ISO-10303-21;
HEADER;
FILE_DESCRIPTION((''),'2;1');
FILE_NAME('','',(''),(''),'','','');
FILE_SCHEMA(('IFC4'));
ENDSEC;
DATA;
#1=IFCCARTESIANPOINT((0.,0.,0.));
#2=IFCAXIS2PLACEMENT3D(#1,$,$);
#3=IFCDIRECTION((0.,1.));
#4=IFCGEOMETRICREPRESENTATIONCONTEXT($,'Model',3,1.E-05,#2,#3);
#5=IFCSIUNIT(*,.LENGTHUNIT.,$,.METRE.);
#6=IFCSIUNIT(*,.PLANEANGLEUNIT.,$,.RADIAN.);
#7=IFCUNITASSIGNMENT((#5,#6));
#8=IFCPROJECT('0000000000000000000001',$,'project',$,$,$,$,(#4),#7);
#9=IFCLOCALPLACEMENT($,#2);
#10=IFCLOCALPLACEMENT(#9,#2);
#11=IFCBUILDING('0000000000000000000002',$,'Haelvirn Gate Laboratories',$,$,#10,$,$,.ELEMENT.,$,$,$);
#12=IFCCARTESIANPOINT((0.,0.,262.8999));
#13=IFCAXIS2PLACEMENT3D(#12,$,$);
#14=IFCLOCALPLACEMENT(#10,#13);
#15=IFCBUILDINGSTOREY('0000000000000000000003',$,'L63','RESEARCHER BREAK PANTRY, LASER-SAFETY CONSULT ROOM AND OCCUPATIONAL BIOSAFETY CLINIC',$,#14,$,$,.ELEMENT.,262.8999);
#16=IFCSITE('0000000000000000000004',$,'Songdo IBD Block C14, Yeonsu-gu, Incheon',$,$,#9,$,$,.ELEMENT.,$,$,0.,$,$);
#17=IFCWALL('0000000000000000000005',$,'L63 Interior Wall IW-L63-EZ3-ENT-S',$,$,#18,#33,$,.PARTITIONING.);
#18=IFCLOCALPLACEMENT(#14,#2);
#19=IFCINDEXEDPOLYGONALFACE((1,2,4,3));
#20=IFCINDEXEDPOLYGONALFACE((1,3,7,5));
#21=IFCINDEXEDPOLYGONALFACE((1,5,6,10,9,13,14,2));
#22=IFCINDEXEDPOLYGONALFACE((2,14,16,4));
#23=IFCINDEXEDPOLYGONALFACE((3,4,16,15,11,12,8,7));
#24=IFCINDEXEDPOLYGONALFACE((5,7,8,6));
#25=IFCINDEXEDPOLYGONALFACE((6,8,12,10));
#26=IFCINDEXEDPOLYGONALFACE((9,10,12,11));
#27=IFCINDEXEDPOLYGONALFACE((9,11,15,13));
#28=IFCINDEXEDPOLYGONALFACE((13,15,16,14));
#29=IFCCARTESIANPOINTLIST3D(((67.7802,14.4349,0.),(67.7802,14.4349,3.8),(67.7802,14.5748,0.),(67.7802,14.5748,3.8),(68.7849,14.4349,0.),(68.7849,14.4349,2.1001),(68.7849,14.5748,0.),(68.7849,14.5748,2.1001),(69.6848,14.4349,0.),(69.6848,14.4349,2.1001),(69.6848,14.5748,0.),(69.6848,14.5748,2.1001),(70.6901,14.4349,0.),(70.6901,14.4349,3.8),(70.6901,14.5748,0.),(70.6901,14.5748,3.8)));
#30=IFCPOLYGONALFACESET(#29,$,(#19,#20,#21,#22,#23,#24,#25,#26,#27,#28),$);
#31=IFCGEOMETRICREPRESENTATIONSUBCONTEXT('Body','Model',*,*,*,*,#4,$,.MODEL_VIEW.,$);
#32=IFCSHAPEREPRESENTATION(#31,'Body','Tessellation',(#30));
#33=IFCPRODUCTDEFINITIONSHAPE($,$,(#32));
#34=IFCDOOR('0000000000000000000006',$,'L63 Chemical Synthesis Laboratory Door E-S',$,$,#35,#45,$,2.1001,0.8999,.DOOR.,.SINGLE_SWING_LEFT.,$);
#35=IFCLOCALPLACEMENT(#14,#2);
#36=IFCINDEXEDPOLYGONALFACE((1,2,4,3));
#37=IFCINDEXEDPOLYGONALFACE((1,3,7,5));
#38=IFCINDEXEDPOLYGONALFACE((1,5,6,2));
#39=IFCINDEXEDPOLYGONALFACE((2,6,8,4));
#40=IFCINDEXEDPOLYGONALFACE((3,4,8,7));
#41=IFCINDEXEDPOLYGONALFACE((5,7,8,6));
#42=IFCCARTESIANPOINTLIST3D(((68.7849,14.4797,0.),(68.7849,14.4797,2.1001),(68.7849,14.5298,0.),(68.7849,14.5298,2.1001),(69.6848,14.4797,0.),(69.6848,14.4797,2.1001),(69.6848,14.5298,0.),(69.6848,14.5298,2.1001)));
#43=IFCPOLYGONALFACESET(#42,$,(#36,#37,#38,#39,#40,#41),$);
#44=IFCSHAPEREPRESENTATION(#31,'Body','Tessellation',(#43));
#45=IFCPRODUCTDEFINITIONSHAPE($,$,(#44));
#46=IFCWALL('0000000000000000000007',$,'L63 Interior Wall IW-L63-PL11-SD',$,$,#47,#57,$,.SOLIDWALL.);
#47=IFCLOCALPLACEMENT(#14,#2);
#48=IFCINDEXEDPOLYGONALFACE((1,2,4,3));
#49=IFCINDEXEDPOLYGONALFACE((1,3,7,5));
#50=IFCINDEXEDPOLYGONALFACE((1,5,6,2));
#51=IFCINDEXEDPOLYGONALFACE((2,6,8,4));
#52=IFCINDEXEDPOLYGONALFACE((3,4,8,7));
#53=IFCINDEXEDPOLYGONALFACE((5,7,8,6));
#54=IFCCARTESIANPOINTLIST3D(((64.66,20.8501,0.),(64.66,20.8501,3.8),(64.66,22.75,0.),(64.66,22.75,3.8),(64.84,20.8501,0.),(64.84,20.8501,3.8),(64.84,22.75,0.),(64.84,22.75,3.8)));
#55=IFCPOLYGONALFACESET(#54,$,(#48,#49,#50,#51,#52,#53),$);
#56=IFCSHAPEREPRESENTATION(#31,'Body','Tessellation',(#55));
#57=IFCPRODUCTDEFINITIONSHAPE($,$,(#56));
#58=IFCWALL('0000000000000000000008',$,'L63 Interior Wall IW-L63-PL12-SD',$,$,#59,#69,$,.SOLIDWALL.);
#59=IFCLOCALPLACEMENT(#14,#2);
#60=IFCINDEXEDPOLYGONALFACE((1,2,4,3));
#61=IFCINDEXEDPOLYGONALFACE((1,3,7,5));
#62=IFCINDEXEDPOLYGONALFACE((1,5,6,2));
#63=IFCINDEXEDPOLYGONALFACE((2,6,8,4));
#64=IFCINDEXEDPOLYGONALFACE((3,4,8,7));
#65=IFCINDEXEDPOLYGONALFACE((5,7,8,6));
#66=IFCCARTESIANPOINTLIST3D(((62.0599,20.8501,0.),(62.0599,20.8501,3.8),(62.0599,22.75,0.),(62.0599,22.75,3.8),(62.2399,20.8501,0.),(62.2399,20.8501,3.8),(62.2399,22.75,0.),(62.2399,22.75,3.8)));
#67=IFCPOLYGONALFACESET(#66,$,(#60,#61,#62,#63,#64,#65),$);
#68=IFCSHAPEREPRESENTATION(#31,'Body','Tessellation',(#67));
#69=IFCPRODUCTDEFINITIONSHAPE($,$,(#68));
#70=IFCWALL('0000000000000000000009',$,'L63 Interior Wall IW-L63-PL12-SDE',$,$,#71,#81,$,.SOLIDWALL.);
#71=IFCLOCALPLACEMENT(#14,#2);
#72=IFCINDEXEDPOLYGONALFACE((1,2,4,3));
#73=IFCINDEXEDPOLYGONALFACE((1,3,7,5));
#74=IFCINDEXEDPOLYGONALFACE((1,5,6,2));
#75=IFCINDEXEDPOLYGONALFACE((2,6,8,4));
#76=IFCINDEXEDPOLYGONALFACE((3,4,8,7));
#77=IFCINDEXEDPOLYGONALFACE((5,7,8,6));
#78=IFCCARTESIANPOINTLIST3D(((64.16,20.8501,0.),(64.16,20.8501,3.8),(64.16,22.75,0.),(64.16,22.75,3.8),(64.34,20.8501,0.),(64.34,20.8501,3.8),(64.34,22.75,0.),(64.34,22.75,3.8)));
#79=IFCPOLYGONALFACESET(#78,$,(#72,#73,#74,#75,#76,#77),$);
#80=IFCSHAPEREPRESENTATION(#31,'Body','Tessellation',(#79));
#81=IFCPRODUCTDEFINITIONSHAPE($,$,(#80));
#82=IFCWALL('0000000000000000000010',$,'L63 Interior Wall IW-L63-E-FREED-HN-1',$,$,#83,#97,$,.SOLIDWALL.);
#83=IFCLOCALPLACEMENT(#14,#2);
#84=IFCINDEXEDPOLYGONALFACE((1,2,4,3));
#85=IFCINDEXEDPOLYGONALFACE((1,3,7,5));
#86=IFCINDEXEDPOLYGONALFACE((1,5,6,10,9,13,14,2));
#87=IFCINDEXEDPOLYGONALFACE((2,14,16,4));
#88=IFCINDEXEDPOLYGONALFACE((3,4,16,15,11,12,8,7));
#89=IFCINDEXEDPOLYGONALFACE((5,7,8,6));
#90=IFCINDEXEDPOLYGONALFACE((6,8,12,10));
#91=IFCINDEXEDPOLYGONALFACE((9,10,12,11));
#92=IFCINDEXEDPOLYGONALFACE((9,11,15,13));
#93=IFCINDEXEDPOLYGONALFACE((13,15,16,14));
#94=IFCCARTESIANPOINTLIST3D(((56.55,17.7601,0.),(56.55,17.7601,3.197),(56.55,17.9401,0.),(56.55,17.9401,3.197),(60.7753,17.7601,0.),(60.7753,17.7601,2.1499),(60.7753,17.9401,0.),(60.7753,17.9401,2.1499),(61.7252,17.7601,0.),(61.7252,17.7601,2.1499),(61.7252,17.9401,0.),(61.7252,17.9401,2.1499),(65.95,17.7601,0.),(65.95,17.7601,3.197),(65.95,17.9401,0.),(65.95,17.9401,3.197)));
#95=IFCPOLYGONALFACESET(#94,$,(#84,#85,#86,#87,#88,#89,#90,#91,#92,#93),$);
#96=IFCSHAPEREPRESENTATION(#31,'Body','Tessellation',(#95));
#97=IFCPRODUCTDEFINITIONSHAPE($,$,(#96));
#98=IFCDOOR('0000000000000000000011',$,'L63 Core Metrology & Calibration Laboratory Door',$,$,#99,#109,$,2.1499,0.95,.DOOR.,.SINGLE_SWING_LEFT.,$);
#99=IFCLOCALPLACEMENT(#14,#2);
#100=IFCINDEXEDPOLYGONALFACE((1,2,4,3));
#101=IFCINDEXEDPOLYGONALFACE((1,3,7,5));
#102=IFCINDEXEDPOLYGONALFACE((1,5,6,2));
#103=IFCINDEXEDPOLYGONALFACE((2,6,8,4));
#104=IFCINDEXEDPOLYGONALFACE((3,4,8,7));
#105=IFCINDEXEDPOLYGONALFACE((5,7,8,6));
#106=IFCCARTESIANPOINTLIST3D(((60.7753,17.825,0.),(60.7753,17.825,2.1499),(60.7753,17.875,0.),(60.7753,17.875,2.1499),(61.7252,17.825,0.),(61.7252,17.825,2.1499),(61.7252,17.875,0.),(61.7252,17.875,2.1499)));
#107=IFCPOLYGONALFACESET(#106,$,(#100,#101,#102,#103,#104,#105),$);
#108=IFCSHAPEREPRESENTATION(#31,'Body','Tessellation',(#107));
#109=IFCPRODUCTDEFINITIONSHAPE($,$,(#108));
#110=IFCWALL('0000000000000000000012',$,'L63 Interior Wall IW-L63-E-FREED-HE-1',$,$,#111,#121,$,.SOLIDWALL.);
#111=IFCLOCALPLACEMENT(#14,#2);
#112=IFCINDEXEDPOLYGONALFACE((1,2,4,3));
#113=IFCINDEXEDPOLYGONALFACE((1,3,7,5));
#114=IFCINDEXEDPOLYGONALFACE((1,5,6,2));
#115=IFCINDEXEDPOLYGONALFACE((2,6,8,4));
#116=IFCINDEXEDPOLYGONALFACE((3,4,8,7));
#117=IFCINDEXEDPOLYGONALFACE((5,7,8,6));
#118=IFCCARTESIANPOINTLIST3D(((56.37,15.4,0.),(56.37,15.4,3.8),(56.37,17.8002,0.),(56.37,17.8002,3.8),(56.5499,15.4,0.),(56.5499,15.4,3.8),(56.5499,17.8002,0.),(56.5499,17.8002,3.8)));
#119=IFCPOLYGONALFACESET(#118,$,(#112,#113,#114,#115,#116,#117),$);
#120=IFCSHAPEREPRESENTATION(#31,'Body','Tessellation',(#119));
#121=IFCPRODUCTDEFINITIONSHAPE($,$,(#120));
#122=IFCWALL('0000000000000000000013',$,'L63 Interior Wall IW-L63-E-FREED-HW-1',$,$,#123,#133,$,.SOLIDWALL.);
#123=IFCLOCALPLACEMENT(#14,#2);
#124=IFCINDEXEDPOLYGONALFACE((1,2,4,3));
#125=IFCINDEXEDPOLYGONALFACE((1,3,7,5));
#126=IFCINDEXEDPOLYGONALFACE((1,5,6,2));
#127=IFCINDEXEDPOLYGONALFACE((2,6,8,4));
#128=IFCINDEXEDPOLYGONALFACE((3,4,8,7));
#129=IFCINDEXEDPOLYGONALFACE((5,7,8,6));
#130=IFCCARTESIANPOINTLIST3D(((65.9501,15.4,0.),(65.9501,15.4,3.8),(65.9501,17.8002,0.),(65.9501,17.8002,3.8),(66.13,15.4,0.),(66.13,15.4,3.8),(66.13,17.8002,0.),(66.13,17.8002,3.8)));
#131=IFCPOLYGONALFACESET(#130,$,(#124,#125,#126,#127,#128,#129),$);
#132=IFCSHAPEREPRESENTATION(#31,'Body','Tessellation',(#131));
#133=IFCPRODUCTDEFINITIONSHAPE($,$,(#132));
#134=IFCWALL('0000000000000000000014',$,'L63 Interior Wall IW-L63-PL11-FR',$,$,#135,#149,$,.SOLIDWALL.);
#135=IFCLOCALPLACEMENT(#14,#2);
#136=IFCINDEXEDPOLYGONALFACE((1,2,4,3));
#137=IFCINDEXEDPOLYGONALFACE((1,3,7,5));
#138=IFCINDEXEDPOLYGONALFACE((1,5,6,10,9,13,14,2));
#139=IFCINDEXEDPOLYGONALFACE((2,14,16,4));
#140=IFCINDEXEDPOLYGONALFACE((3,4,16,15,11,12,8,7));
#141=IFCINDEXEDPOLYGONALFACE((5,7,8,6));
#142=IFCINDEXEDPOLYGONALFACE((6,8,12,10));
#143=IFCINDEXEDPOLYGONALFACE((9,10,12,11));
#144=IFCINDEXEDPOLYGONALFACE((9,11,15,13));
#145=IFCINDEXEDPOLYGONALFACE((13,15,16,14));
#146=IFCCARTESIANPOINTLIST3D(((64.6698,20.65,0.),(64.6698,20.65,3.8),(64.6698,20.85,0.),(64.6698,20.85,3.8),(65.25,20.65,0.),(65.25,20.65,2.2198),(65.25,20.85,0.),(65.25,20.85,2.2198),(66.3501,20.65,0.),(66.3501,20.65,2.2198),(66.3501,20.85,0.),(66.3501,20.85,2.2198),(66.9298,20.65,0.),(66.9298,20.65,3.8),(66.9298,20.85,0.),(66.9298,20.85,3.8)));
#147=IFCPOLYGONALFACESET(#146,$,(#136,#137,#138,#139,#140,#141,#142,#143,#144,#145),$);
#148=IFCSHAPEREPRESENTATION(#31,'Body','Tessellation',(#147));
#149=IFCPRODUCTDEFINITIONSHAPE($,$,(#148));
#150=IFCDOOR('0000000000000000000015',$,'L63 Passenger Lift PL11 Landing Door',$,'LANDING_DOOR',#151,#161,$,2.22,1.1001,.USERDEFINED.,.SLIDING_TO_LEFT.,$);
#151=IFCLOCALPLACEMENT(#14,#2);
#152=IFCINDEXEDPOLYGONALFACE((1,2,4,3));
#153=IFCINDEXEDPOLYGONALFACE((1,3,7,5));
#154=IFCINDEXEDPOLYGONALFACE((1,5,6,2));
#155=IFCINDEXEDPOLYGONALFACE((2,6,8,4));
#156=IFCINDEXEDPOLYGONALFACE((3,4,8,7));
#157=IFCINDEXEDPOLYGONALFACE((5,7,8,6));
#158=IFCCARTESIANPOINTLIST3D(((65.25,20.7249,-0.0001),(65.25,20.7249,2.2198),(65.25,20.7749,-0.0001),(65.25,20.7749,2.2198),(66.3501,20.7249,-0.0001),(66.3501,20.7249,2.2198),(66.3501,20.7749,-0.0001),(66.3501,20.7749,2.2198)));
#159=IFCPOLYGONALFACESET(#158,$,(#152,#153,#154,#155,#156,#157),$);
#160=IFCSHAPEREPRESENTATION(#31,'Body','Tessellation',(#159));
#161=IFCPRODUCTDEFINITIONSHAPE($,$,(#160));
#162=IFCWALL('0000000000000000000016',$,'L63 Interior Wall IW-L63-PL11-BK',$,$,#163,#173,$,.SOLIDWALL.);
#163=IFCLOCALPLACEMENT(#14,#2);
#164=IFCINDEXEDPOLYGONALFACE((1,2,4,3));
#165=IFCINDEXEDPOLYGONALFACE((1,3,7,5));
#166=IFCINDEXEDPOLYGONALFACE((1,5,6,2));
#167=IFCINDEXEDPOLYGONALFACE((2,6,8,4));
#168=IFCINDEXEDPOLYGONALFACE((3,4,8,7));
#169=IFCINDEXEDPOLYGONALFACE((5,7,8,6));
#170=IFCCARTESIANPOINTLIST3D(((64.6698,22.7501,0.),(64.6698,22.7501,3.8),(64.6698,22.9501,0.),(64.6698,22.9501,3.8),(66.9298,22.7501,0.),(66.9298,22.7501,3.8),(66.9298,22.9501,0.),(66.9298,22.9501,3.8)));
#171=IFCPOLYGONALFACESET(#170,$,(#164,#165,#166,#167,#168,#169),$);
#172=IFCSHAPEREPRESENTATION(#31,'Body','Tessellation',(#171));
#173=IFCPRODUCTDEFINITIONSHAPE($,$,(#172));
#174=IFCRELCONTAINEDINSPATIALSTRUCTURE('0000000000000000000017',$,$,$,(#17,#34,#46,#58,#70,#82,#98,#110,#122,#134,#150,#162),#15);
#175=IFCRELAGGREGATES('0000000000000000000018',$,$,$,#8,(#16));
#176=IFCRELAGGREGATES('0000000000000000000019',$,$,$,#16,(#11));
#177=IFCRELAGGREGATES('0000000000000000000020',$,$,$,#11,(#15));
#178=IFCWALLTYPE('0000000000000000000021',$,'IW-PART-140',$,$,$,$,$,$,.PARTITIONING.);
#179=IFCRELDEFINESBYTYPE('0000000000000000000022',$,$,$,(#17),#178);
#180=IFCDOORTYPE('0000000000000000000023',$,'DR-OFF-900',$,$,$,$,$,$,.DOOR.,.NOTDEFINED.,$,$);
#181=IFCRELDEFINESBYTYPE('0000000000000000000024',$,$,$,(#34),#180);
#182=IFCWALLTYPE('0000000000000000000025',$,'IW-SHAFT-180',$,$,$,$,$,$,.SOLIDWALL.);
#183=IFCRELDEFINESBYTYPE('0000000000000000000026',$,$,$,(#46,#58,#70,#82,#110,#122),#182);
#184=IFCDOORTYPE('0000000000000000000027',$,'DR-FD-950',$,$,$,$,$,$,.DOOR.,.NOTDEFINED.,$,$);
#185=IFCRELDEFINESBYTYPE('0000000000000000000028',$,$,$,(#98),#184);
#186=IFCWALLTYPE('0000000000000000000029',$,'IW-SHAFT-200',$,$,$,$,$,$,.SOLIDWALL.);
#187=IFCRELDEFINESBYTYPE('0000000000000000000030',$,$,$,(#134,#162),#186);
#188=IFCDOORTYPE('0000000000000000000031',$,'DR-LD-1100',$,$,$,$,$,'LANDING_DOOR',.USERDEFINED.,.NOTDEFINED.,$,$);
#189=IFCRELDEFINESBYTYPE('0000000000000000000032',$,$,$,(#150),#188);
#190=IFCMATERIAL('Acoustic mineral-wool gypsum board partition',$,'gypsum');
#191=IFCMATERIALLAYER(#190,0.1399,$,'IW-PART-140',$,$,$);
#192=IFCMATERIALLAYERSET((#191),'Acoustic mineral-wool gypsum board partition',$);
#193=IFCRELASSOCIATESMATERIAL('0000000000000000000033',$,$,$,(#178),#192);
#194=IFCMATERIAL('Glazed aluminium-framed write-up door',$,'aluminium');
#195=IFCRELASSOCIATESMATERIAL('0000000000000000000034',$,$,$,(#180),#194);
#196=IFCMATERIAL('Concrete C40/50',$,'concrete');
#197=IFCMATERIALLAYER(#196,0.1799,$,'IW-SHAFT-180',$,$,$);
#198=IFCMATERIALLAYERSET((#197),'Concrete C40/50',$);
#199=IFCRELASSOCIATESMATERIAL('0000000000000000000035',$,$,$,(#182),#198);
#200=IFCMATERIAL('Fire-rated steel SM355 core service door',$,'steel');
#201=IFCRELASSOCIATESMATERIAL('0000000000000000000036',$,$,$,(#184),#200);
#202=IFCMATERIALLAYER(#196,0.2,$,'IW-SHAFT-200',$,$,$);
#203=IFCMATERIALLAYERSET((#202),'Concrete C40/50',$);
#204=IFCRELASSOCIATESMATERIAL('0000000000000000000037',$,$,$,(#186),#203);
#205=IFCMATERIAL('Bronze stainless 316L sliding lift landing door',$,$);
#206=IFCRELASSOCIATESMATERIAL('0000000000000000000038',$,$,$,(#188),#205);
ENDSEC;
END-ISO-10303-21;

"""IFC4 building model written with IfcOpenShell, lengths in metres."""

from ifc_helpers import new_model, si_unit, direction, frame, frame_2d, origin, place, context, subcontext, project, spatial, rectangle, extrude, source, transform, mapped, material, layer, layer_set, type_object, type_shapes, element, fill, save


model = new_model("IFC4")

# Units and contexts
model_context = context("Model", 3, precision=1e-05, world=origin(), true_north=direction((0.0, 1.0)))
body_context = subcontext(model_context, "Body", "Model", "MODEL_VIEW")
ifc_project = project(units=[si_unit("LENGTHUNIT", "METRE"), si_unit("PLANEANGLEUNIT", "RADIAN")], contexts=[model_context])

# Site, building, storey
site_placement = place(None, origin())
site = spatial("IfcSite", under=ifc_project, at=site_placement, Name="Songdo IBD Block C14, Yeonsu-gu, Incheon", CompositionType="ELEMENT", RefElevation=0.0)
building_placement = place(site_placement, origin())
building = spatial("IfcBuilding", under=site, at=building_placement, Name="Haelvirn Gate Laboratories", CompositionType="ELEMENT")
storey_placement = place(building_placement, frame((0.0, 0.0, 262.8999)))
storey = spatial("IfcBuildingStorey", under=building, at=storey_placement, Name="L63", Description="RESEARCHER BREAK PANTRY, LASER-SAFETY CONSULT ROOM AND OCCUPATIONAL BIOSAFETY CLINIC", CompositionType="ELEMENT", Elevation=262.8999)

# Shared definitions
ifc_material_1 = material(Name="Acoustic mineral-wool gypsum board partition", Category="gypsum")
ifc_layer_1 = layer(ifc_material_1, 0.1399, Name="IW-PART-140")
ifc_layer_set_1 = layer_set([ifc_layer_1], Name="Acoustic mineral-wool gypsum board partition")
wall_type_1 = type_object("IfcWallType", Name="IW-PART-140", PredefinedType="PARTITIONING", material=ifc_layer_set_1)

# Wall, opening, door
wall_1_placement = place(storey_placement, frame((67.78, 14.5049, 0.0), z_axis=(0.0, 0.0, 1.0), x_axis=(1.0, 0.0, 0.0)))
wall_1 = element("IfcWall", 1, at=wall_1_placement, inside=storey, type_object=wall_type_1, Name="L63 Interior Wall IW-L63-EZ3-ENT-S", PredefinedType="PARTITIONING", context=body_context, shape_type="SweptSolid", body=[
    extrude(rectangle(XDim=2.9099, YDim=0.1399, at=frame_2d((1.4551, 0.0))), origin(), (0.0, 0.0, 1.0), 3.8),
])
opening_1_placement = place(wall_1_placement, frame((1.0049, 0.0, 0.0)))
opening_1 = element("IfcOpeningElement", 2, at=opening_1_placement, cuts=wall_1, PredefinedType="OPENING", context=body_context, shape_type="SweptSolid", body=[
    extrude(rectangle(XDim=0.8999, YDim=2.1001, at=frame_2d((0.45, 1.05))), frame((0.0, 0.0801, 0.0), z_axis=(0.0, -1.0, 0.0), x_axis=(1.0, 0.0, 0.0)), (0.0, 0.0, 1.0), 0.1599),
])
ifc_material_2 = material(Name="Glazed aluminium-framed write-up door", Category="aluminium")
door_type_1 = type_object("IfcDoorType", Name="DR-OFF-900", OperationType="NOTDEFINED", PredefinedType="DOOR", material=ifc_material_2)
shared_shape_1 = source(origin(), body_context, "Body", "SweptSolid", [
    extrude(rectangle(XDim=0.8999, YDim=2.1001, at=frame_2d((0.45, 1.05))), frame((0.0, 0.0249, 0.0), z_axis=(0.0, -1.0, 0.0), x_axis=(1.0, 0.0, 0.0)), (0.0, 0.0, 1.0), 0.05),
])
type_shapes(door_type_1, [shared_shape_1])
door_1_placement = place(opening_1_placement, origin())
door_1 = element("IfcDoor", 3, at=door_1_placement, inside=storey, type_object=door_type_1, Name="L63 Chemical Synthesis Laboratory Door E-S", OperationType="SINGLE_SWING_LEFT", OverallHeight=2.1001, OverallWidth=0.8999, PredefinedType="DOOR", context=body_context, shape_type="MappedRepresentation", body=[
    mapped(shared_shape_1, transform((0.0, 0.0, 0.0), scale=1.0)),
])
fill(opening_1, door_1)

# Walls
ifc_material_3 = material(Name="Concrete C40/50", Category="concrete")
ifc_layer_2 = layer(ifc_material_3, 0.1799, Name="IW-SHAFT-180")
ifc_layer_set_2 = layer_set([ifc_layer_2], Name="Concrete C40/50")
wall_type_2 = type_object("IfcWallType", Name="IW-SHAFT-180", PredefinedType="SOLIDWALL", material=ifc_layer_set_2)
for number, where, z_axis, x_axis, name in (
    (4, (64.75, 20.8501, 0.0), (0.0, 0.0, 1.0), (0.0, 1.0, 0.0), "L63 Interior Wall IW-L63-PL11-SD"),
    (5, (62.1499, 20.8501, 0.0), (0.0, 0.0, 1.0), (0.0, 1.0, 0.0), "L63 Interior Wall IW-L63-PL12-SD"),
    (6, (64.25, 20.8501, 0.0), (0.0, 0.0, 1.0), (0.0, 1.0, 0.0), "L63 Interior Wall IW-L63-PL12-SDE"),
):
    element("IfcWall", number, at=place(storey_placement, frame(where, z_axis=z_axis, x_axis=x_axis)), inside=storey, type_object=wall_type_2, Name=name, PredefinedType="SOLIDWALL", context=body_context, shape_type="SweptSolid", body=[
        extrude(rectangle(XDim=1.8999, YDim=0.1799, at=frame_2d((0.95, 0.0))), origin(), (0.0, 0.0, 1.0), 3.8),
    ])

# Wall, opening, door
wall_2_placement = place(storey_placement, frame((56.55, 17.8501, 0.0), z_axis=(0.0, 0.0, 1.0), x_axis=(1.0, 0.0, 0.0)))
wall_2 = element("IfcWall", 7, at=wall_2_placement, inside=storey, type_object=wall_type_2, Name="L63 Interior Wall IW-L63-E-FREED-HN-1", PredefinedType="SOLIDWALL", context=body_context, shape_type="SweptSolid", body=[
    extrude(rectangle(XDim=9.3999, YDim=0.1799, at=frame_2d((4.7, 0.0))), origin(), (0.0, 0.0, 1.0), 3.197),
])
opening_2_placement = place(wall_2_placement, frame((4.2251, 0.0, 0.0)))
opening_2 = element("IfcOpeningElement", 8, at=opening_2_placement, cuts=wall_2, PredefinedType="OPENING", context=body_context, shape_type="SweptSolid", body=[
    extrude(rectangle(XDim=0.95, YDim=2.1499, at=frame_2d((0.4751, 1.075))), frame((0.0, 0.1001, 0.0), z_axis=(0.0, -1.0, 0.0), x_axis=(1.0, 0.0, 0.0)), (0.0, 0.0, 1.0), 0.2),
])
ifc_material_4 = material(Name="Fire-rated steel SM355 core service door", Category="steel")
door_type_2 = type_object("IfcDoorType", Name="DR-FD-950", OperationType="NOTDEFINED", PredefinedType="DOOR", material=ifc_material_4)
shared_shape_2 = source(origin(), body_context, "Body", "SweptSolid", [
    extrude(rectangle(XDim=0.95, YDim=2.1499, at=frame_2d((0.4751, 1.075))), frame((0.0, 0.0249, 0.0), z_axis=(0.0, -1.0, 0.0), x_axis=(1.0, 0.0, 0.0)), (0.0, 0.0, 1.0), 0.05),
])
type_shapes(door_type_2, [shared_shape_2])
door_2_placement = place(opening_2_placement, origin())
door_2 = element("IfcDoor", 9, at=door_2_placement, inside=storey, type_object=door_type_2, Name="L63 Core Metrology & Calibration Laboratory Door", OperationType="SINGLE_SWING_LEFT", OverallHeight=2.1499, OverallWidth=0.95, PredefinedType="DOOR", context=body_context, shape_type="MappedRepresentation", body=[
    mapped(shared_shape_2, transform((0.0, 0.0, 0.0), scale=1.0)),
])
fill(opening_2, door_2)

# Walls
for number, where, z_axis, x_axis, name in (
    (10, (56.46, 15.3999, 0.0), (0.0, 0.0, 1.0), (0.0, 1.0, 0.0), "L63 Interior Wall IW-L63-E-FREED-HE-1"),
    (11, (66.04, 15.3999, 0.0), (0.0, 0.0, 1.0), (0.0, 1.0, 0.0), "L63 Interior Wall IW-L63-E-FREED-HW-1"),
):
    element("IfcWall", number, at=place(storey_placement, frame(where, z_axis=z_axis, x_axis=x_axis)), inside=storey, type_object=wall_type_2, Name=name, PredefinedType="SOLIDWALL", context=body_context, shape_type="SweptSolid", body=[
        extrude(rectangle(XDim=2.4001, YDim=0.1799, at=frame_2d((1.2002, 0.0))), origin(), (0.0, 0.0, 1.0), 3.8),
    ])

# Wall, opening, door
ifc_layer_3 = layer(ifc_material_3, 0.2, Name="IW-SHAFT-200")
ifc_layer_set_3 = layer_set([ifc_layer_3], Name="Concrete C40/50")
wall_type_3 = type_object("IfcWallType", Name="IW-SHAFT-200", PredefinedType="SOLIDWALL", material=ifc_layer_set_3)
wall_3_placement = place(storey_placement, frame((64.6699, 20.75, 0.0), z_axis=(0.0, 0.0, 1.0), x_axis=(1.0, 0.0, 0.0)))
wall_3 = element("IfcWall", 12, at=wall_3_placement, inside=storey, type_object=wall_type_3, Name="L63 Interior Wall IW-L63-PL11-FR", PredefinedType="SOLIDWALL", context=body_context, shape_type="SweptSolid", body=[
    extrude(rectangle(XDim=2.26, YDim=0.2, at=frame_2d((1.1299, 0.0))), origin(), (0.0, 0.0, 1.0), 3.8),
])
opening_3_placement = place(wall_3_placement, frame((0.5801, 0.0, 0.0)))
opening_3 = element("IfcOpeningElement", 13, at=opening_3_placement, cuts=wall_3, PredefinedType="OPENING", context=body_context, shape_type="SweptSolid", body=[
    extrude(rectangle(XDim=1.1001, YDim=2.22, at=frame_2d((0.55, 1.1099))), frame((0.0, 0.1099, 0.0), z_axis=(0.0, -1.0, 0.0), x_axis=(1.0, 0.0, 0.0)), (0.0, 0.0, 1.0), 0.22),
])
ifc_material_5 = material(Name="Bronze stainless 316L sliding lift landing door")
door_type_3 = type_object("IfcDoorType", Name="DR-LD-1100", ElementType="LANDING_DOOR", OperationType="NOTDEFINED", PredefinedType="USERDEFINED", material=ifc_material_5)
shared_shape_3 = source(origin(), body_context, "Body", "SweptSolid", [
    extrude(rectangle(XDim=1.1001, YDim=2.22, at=frame_2d((0.55, 1.1099))), frame((0.0, 0.0249, 0.0), z_axis=(0.0, -1.0, 0.0), x_axis=(1.0, 0.0, 0.0)), (0.0, 0.0, 1.0), 0.05),
])
type_shapes(door_type_3, [shared_shape_3])
door_3_placement = place(opening_3_placement, origin())
door_3 = element("IfcDoor", 14, at=door_3_placement, inside=storey, type_object=door_type_3, Name="L63 Passenger Lift PL11 Landing Door", ObjectType="LANDING_DOOR", OperationType="SLIDING_TO_LEFT", OverallHeight=2.22, OverallWidth=1.1001, PredefinedType="USERDEFINED", context=body_context, shape_type="MappedRepresentation", body=[
    mapped(shared_shape_3, transform((0.0, 0.0, 0.0), scale=1.0)),
])
fill(opening_3, door_3)

# Wall
wall_4_placement = place(storey_placement, frame((64.6699, 22.8501, 0.0), z_axis=(0.0, 0.0, 1.0), x_axis=(1.0, 0.0, 0.0)))
element("IfcWall", 15, at=wall_4_placement, inside=storey, type_object=wall_type_3, Name="L63 Interior Wall IW-L63-PL11-BK", PredefinedType="SOLIDWALL", context=body_context, shape_type="SweptSolid", body=[
    extrude(rectangle(XDim=2.26, YDim=0.2, at=frame_2d((1.1299, 0.0))), origin(), (0.0, 0.0, 1.0), 3.8),
])

save(model, "model.ifc")
